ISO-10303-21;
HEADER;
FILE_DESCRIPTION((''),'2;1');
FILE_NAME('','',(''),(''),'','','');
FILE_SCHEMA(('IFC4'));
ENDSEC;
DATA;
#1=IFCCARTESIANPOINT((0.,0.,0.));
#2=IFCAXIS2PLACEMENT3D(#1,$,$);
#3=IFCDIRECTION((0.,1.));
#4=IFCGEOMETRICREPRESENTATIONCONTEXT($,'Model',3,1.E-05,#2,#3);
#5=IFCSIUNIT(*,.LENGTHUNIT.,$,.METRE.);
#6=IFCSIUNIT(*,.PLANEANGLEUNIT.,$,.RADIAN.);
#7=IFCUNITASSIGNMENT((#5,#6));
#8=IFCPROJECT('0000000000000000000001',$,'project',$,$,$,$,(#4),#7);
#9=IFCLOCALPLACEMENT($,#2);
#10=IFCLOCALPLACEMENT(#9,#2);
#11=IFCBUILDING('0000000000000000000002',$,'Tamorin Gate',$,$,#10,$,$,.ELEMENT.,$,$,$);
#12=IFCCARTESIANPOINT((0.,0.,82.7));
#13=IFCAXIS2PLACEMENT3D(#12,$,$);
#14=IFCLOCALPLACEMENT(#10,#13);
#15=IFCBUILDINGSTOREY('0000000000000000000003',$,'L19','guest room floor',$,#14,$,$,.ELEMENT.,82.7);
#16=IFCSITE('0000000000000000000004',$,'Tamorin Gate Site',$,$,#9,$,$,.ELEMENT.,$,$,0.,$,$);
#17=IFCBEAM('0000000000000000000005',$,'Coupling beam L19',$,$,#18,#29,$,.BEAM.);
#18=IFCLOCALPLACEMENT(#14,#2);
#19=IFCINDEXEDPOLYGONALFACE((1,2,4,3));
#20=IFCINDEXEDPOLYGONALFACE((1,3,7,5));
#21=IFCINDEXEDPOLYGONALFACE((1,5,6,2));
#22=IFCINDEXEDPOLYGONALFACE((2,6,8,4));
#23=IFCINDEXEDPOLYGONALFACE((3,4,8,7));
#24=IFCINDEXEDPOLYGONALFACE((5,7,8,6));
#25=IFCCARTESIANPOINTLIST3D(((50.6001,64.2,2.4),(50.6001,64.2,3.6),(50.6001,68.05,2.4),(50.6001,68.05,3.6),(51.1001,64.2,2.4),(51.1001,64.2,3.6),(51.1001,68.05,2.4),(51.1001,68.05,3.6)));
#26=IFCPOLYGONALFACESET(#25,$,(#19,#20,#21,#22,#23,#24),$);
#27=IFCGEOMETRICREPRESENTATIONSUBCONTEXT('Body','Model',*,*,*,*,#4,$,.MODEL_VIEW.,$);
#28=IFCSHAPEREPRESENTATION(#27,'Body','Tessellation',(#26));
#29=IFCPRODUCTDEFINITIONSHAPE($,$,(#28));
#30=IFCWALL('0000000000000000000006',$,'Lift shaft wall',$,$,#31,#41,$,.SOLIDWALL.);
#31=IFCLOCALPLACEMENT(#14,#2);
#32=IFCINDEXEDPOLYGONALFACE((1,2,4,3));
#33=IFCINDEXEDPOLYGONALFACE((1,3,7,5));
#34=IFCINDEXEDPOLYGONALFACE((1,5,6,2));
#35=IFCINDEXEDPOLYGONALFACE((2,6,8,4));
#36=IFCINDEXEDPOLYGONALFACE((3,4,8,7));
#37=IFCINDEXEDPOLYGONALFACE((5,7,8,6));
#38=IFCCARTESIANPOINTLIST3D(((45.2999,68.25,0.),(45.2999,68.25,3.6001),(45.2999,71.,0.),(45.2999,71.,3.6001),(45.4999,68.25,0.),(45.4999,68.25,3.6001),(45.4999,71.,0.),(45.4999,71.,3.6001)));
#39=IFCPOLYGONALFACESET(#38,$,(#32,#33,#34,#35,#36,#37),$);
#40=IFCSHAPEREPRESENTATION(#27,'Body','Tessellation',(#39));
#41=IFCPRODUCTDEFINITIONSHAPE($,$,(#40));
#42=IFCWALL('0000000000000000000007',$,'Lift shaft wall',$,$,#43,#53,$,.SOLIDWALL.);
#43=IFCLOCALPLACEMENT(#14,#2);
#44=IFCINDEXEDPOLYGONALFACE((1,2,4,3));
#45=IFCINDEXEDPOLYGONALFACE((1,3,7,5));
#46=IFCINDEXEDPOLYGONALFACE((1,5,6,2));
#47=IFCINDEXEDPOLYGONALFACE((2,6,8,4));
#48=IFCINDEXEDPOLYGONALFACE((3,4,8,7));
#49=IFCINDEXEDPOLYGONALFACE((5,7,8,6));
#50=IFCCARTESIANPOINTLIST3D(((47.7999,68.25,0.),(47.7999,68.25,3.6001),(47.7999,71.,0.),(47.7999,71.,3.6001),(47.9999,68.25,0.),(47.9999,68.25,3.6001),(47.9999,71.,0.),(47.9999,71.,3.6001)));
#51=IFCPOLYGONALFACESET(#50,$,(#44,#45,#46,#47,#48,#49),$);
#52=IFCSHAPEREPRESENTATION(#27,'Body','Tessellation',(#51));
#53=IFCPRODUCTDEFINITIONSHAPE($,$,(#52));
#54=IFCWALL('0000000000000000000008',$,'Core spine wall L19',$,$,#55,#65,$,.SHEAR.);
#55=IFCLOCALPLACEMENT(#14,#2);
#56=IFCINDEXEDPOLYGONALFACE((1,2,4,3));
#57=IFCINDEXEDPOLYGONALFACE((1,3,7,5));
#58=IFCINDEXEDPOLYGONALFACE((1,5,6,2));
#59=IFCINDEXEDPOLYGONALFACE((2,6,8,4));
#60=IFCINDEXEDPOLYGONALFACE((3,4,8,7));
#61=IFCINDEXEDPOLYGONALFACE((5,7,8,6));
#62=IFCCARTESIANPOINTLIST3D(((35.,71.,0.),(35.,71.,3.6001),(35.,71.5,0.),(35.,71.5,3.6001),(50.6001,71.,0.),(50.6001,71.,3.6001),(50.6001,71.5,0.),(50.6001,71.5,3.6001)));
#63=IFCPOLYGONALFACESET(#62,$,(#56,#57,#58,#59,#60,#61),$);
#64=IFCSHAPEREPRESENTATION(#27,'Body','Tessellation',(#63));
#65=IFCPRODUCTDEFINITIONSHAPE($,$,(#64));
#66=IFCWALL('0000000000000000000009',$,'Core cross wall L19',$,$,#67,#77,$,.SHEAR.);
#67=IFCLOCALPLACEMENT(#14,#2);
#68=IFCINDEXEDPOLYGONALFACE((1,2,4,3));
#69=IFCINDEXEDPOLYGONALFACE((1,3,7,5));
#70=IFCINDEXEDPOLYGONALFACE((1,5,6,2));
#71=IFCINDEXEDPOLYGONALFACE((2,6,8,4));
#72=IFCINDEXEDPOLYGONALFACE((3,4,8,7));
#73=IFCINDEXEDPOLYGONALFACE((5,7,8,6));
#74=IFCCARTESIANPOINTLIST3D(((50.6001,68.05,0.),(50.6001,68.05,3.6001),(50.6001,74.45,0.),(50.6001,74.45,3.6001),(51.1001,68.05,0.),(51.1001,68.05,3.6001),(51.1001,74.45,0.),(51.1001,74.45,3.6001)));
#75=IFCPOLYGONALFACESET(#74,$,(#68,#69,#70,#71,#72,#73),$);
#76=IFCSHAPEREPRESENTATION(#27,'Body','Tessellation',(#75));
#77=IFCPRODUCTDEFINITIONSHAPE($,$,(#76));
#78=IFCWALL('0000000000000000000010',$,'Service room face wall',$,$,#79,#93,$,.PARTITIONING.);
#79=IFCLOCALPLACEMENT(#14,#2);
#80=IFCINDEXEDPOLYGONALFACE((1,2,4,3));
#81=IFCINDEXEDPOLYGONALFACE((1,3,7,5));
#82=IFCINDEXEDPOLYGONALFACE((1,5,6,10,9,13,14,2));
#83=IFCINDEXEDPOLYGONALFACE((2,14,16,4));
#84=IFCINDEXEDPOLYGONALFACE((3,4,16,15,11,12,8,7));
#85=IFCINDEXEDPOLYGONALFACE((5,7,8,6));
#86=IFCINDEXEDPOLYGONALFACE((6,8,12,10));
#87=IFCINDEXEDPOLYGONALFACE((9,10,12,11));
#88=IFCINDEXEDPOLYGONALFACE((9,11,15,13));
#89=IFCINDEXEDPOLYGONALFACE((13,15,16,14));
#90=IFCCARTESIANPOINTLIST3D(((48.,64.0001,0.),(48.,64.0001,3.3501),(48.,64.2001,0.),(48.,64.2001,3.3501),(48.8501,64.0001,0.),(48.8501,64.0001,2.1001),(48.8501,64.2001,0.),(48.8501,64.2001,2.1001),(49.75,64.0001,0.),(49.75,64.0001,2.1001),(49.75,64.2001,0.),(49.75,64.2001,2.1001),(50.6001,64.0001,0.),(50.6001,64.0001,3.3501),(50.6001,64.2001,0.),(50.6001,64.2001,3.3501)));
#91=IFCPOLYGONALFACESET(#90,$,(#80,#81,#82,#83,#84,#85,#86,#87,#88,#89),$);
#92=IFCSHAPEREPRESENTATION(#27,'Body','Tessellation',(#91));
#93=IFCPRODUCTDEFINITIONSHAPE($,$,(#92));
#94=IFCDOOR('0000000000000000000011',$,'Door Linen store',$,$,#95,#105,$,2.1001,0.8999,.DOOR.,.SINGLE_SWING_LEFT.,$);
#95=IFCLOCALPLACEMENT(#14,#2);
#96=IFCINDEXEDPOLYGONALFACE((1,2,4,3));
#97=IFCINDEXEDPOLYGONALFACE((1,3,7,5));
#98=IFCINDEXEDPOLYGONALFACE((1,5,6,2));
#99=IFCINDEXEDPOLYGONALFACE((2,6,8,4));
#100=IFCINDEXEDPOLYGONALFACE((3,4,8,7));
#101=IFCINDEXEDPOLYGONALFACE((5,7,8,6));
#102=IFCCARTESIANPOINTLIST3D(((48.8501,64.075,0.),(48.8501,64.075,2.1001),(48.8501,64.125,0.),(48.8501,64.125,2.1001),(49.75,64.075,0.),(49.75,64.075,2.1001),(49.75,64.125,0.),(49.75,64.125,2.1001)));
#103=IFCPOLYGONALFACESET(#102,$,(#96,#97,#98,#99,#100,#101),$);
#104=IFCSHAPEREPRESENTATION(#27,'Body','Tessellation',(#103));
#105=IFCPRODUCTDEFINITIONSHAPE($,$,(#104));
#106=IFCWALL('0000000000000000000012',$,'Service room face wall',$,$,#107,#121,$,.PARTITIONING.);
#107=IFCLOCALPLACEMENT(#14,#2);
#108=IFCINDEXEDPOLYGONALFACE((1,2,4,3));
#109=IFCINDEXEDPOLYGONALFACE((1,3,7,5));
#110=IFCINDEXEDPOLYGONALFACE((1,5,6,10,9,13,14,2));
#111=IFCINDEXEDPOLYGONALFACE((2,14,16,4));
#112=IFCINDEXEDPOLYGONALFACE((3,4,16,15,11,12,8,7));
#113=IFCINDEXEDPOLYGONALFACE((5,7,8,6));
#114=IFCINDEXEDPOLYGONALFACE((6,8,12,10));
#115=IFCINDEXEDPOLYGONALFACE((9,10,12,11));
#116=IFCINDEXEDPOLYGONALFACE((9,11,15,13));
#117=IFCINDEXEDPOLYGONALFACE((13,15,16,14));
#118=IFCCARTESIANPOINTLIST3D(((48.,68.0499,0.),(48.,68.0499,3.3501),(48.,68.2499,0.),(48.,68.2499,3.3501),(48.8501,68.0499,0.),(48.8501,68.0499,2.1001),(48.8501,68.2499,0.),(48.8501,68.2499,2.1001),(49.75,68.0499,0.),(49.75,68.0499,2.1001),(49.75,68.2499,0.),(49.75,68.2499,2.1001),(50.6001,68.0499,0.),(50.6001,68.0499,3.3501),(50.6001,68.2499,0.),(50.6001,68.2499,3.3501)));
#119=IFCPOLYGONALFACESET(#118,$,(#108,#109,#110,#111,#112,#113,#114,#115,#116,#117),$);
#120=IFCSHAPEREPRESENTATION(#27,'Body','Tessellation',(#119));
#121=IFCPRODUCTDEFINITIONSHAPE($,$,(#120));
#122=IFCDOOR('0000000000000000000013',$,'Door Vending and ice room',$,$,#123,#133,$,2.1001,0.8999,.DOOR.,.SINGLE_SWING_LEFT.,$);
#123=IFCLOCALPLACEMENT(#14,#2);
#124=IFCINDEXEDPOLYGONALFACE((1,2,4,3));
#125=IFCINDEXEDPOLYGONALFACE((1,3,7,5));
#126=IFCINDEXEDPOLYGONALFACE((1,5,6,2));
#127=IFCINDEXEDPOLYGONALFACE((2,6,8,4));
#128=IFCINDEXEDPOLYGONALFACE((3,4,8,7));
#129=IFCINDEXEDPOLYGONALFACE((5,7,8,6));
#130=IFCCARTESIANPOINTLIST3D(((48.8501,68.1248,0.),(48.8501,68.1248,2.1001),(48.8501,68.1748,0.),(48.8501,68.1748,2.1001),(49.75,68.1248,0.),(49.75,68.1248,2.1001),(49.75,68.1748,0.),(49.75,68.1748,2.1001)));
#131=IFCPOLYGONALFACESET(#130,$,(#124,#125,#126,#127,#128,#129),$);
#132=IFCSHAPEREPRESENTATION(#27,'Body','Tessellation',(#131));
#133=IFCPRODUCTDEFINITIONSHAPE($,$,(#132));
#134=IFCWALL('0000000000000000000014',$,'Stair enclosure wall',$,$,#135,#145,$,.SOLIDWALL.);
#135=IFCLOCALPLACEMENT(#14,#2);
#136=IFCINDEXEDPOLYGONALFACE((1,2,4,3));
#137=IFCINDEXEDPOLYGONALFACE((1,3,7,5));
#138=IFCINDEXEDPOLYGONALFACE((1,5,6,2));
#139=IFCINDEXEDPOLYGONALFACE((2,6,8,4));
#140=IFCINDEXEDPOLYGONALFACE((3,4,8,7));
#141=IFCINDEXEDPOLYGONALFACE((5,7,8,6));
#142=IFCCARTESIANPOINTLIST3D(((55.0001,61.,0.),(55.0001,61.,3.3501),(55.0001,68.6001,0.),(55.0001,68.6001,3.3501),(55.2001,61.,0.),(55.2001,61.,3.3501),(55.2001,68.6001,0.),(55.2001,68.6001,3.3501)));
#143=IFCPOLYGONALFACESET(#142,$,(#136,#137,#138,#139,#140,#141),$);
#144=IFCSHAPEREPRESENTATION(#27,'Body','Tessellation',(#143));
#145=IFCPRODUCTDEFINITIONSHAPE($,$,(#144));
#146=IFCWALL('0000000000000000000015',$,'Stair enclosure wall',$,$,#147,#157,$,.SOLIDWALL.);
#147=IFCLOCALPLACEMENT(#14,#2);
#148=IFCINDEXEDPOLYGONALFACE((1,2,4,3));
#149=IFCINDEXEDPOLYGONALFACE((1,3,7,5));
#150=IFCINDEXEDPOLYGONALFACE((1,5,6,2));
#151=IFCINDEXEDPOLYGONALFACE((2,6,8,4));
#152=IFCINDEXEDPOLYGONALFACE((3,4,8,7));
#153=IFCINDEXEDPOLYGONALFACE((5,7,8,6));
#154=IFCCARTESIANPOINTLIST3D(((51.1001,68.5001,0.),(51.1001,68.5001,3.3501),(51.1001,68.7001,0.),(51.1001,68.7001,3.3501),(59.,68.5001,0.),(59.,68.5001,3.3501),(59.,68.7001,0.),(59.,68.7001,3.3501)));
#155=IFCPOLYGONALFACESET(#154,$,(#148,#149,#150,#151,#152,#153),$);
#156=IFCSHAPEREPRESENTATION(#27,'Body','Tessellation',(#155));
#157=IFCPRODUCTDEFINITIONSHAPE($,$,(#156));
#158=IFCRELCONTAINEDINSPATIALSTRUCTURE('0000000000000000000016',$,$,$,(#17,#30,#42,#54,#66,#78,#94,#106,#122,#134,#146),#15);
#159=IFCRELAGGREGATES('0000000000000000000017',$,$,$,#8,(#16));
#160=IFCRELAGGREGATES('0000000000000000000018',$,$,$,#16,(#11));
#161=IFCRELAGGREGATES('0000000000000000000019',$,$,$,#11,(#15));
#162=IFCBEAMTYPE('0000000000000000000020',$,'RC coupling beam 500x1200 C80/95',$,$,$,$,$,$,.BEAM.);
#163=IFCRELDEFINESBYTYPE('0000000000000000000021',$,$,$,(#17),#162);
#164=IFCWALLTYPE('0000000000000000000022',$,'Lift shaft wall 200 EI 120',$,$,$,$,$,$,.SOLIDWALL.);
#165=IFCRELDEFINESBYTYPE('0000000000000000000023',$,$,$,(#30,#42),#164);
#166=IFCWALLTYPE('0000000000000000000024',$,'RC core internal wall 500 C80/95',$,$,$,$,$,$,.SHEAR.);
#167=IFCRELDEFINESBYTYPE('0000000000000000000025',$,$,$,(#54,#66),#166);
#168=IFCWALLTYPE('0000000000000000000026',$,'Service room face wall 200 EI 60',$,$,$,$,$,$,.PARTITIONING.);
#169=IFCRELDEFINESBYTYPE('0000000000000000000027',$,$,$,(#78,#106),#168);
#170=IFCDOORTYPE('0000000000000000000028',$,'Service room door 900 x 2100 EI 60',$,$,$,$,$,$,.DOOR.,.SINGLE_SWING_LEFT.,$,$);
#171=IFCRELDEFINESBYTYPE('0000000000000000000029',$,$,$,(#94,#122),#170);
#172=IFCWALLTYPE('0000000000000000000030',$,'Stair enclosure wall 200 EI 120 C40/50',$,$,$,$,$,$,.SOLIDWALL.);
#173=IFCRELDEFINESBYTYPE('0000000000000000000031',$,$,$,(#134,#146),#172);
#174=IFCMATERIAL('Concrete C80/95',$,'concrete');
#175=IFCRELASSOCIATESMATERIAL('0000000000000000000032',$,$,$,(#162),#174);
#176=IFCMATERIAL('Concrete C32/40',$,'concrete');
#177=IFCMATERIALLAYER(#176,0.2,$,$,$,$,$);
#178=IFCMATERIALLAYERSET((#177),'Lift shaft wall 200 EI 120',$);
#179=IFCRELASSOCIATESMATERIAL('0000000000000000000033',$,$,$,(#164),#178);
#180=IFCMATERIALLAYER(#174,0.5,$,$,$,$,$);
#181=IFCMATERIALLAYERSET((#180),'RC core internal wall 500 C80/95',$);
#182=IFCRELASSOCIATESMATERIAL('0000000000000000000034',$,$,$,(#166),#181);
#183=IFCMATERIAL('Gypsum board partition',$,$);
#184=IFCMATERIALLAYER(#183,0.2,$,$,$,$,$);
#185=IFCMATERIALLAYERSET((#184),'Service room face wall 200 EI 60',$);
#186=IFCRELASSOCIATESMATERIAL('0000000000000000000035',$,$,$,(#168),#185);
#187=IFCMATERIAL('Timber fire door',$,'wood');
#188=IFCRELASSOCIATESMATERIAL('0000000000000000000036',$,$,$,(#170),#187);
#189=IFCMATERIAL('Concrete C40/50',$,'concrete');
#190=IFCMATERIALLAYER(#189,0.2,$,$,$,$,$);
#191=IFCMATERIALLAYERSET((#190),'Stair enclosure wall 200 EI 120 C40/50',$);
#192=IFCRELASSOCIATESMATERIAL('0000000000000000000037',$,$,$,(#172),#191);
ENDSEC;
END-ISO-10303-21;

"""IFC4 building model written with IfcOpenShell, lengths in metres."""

from ifc_helpers import new_model, si_unit, direction, frame, frame_2d, origin, origin_2d, place, context, subcontext, project, spatial, rectangle, extrude, material, layer, layer_set, material_profile, profile_set, type_object, element, fill, save


model = new_model("IFC4")

# Units and contexts
model_context = context("Model", 3, precision=1e-05, world=origin(), true_north=direction((0.0, 1.0)))
body_context = subcontext(model_context, "Body", "Model", "MODEL_VIEW")
ifc_project = project(units=[si_unit("LENGTHUNIT", "METRE"), si_unit("PLANEANGLEUNIT", "RADIAN")], contexts=[model_context])

# Site, building, storey
site_placement = place(None, origin())
site = spatial("IfcSite", under=ifc_project, at=site_placement, Name="Tamorin Gate Site", CompositionType="ELEMENT", RefElevation=0.0)
building_placement = place(site_placement, origin())
building = spatial("IfcBuilding", under=site, at=building_placement, Name="Tamorin Gate", CompositionType="ELEMENT")
storey_placement = place(building_placement, frame((0.0, 0.0, 82.7)))
storey = spatial("IfcBuildingStorey", under=building, at=storey_placement, Name="L19", Description="guest room floor", CompositionType="ELEMENT", Elevation=82.7)

# Beam
ifc_material_1 = material(Name="Concrete C80/95", Category="concrete")
ifc_material_profile = material_profile(ifc_material_1, rectangle(XDim=0.5, YDim=1.2, at=origin_2d()), Name="RC 500x1200")
ifc_profile_set = profile_set([ifc_material_profile], Name="Concrete C80/95")
beam_type = type_object("IfcBeamType", Name="RC coupling beam 500x1200 C80/95", PredefinedType="BEAM", material=ifc_profile_set)
beam_placement = place(storey_placement, frame((50.8501, 64.2, 3.0), z_axis=(0.0, 1.0, 0.0), x_axis=(-1.0, 0.0, 0.0)))
element("IfcBeam", 1, at=beam_placement, inside=storey, type_object=beam_type, Name="Coupling beam L19", PredefinedType="BEAM", context=body_context, shape_type="SweptSolid", body=[
    extrude(rectangle(XDim=0.5, YDim=1.2, at=origin_2d()), origin(), (0.0, 0.0, 1.0), 3.8501),
])

# Walls
ifc_material_2 = material(Name="Concrete C32/40", Category="concrete")
ifc_layer_1 = layer(ifc_material_2, 0.2)
ifc_layer_set_1 = layer_set([ifc_layer_1], Name="Lift shaft wall 200 EI 120")
wall_type_1 = type_object("IfcWallType", Name="Lift shaft wall 200 EI 120", PredefinedType="SOLIDWALL", material=ifc_layer_set_1)
for number, where, z_axis, x_axis, name in (
    (2, (45.3999, 68.25, 0.0), (0.0, 0.0, 1.0), (0.0, 1.0, 0.0), "Lift shaft wall"),
    (3, (47.8999, 68.25, 0.0), (0.0, 0.0, 1.0), (0.0, 1.0, 0.0), "Lift shaft wall"),
):
    element("IfcWall", number, at=place(storey_placement, frame(where, z_axis=z_axis, x_axis=x_axis)), inside=storey, type_object=wall_type_1, Name=name, PredefinedType="SOLIDWALL", context=body_context, shape_type="SweptSolid", body=[
        extrude(rectangle(XDim=2.75, YDim=0.2, at=frame_2d((1.375, 0.0))), origin(), (0.0, 0.0, 1.0), 3.6001),
    ])
ifc_layer_2 = layer(ifc_material_1, 0.5)
ifc_layer_set_2 = layer_set([ifc_layer_2], Name="RC core internal wall 500 C80/95")
wall_type_2 = type_object("IfcWallType", Name="RC core internal wall 500 C80/95", PredefinedType="SHEAR", material=ifc_layer_set_2)
wall_1_placement = place(storey_placement, frame((35.0, 71.25, 0.0), z_axis=(0.0, 0.0, 1.0), x_axis=(1.0, 0.0, 0.0)))
element("IfcWall", 4, at=wall_1_placement, inside=storey, type_object=wall_type_2, Name="Core spine wall L19", PredefinedType="SHEAR", context=body_context, shape_type="SweptSolid", body=[
    extrude(rectangle(XDim=15.6001, YDim=0.5, at=frame_2d((7.8, 0.0))), origin(), (0.0, 0.0, 1.0), 3.6001),
])
wall_2_placement = place(storey_placement, frame((50.8501, 68.05, 0.0), z_axis=(0.0, 0.0, 1.0), x_axis=(0.0, 1.0, 0.0)))
element("IfcWall", 5, at=wall_2_placement, inside=storey, type_object=wall_type_2, Name="Core cross wall L19", PredefinedType="SHEAR", context=body_context, shape_type="SweptSolid", body=[
    extrude(rectangle(XDim=6.3999, YDim=0.5, at=frame_2d((3.2, 0.0))), origin(), (0.0, 0.0, 1.0), 3.6001),
])

# Walls, openings, doors
ifc_material_3 = material(Name="Gypsum board partition")
ifc_layer_3 = layer(ifc_material_3, 0.2)
ifc_layer_set_3 = layer_set([ifc_layer_3], Name="Service room face wall 200 EI 60")
wall_type_3 = type_object("IfcWallType", Name="Service room face wall 200 EI 60", PredefinedType="PARTITIONING", material=ifc_layer_set_3)
wall_3_placement = place(storey_placement, frame((48.0, 64.1001, 0.0), z_axis=(0.0, 0.0, 1.0), x_axis=(1.0, 0.0, 0.0)))
wall_3 = element("IfcWall", 6, at=wall_3_placement, inside=storey, type_object=wall_type_3, Name="Service room face wall", PredefinedType="PARTITIONING", context=body_context, shape_type="SweptSolid", body=[
    extrude(rectangle(XDim=2.6001, YDim=0.2, at=frame_2d((1.3, 0.0))), origin(), (0.0, 0.0, 1.0), 3.3501),
])
opening_1_placement = place(wall_3_placement, frame((0.8501, 0.0, 0.0)))
opening_1 = element("IfcOpeningElement", 7, at=opening_1_placement, cuts=wall_3, PredefinedType="OPENING", context=body_context, shape_type="SweptSolid", body=[
    extrude(rectangle(XDim=0.8999, YDim=2.1001, at=frame_2d((0.45, 1.05))), frame((0.0, 0.1099, 0.0), z_axis=(0.0, -1.0, 0.0), x_axis=(1.0, 0.0, 0.0)), (0.0, 0.0, 1.0), 0.22),
])
ifc_material_4 = material(Name="Timber fire door", Category="wood")
door_type = type_object("IfcDoorType", Name="Service room door 900 x 2100 EI 60", OperationType="SINGLE_SWING_LEFT", PredefinedType="DOOR", material=ifc_material_4)
door_1_placement = place(opening_1_placement, origin())
door_1 = element("IfcDoor", 8, at=door_1_placement, inside=storey, type_object=door_type, Name="Door Linen store", OperationType="SINGLE_SWING_LEFT", OverallHeight=2.1001, OverallWidth=0.8999, PredefinedType="DOOR", context=body_context, shape_type="SweptSolid", body=[
    extrude(rectangle(XDim=0.8999, YDim=2.1001, at=frame_2d((0.45, 1.05))), frame((0.0, 0.0249, 0.0), z_axis=(0.0, -1.0, 0.0), x_axis=(1.0, 0.0, 0.0)), (0.0, 0.0, 1.0), 0.05),
])
fill(opening_1, door_1)
wall_4_placement = place(storey_placement, frame((48.0, 68.1499, 0.0), z_axis=(0.0, 0.0, 1.0), x_axis=(1.0, 0.0, 0.0)))
wall_4 = element("IfcWall", 9, at=wall_4_placement, inside=storey, type_object=wall_type_3, Name="Service room face wall", PredefinedType="PARTITIONING", context=body_context, shape_type="SweptSolid", body=[
    extrude(rectangle(XDim=2.6001, YDim=0.2, at=frame_2d((1.3, 0.0))), origin(), (0.0, 0.0, 1.0), 3.3501),
])
opening_2_placement = place(wall_4_placement, frame((0.8501, 0.0, 0.0)))
opening_2 = element("IfcOpeningElement", 10, at=opening_2_placement, cuts=wall_4, PredefinedType="OPENING", context=body_context, shape_type="SweptSolid", body=[
    extrude(rectangle(XDim=0.8999, YDim=2.1001, at=frame_2d((0.45, 1.05))), frame((0.0, 0.1099, 0.0), z_axis=(0.0, -1.0, 0.0), x_axis=(1.0, 0.0, 0.0)), (0.0, 0.0, 1.0), 0.22),
])
door_2_placement = place(opening_2_placement, origin())
door_2 = element("IfcDoor", 11, at=door_2_placement, inside=storey, type_object=door_type, Name="Door Vending and ice room", OperationType="SINGLE_SWING_LEFT", OverallHeight=2.1001, OverallWidth=0.8999, PredefinedType="DOOR", context=body_context, shape_type="SweptSolid", body=[
    extrude(rectangle(XDim=0.8999, YDim=2.1001, at=frame_2d((0.45, 1.05))), frame((0.0, 0.0249, 0.0), z_axis=(0.0, -1.0, 0.0), x_axis=(1.0, 0.0, 0.0)), (0.0, 0.0, 1.0), 0.05),
])
fill(opening_2, door_2)

# Walls
ifc_material_5 = material(Name="Concrete C40/50", Category="concrete")
ifc_layer_4 = layer(ifc_material_5, 0.2)
ifc_layer_set_4 = layer_set([ifc_layer_4], Name="Stair enclosure wall 200 EI 120 C40/50")
wall_type_4 = type_object("IfcWallType", Name="Stair enclosure wall 200 EI 120 C40/50", PredefinedType="SOLIDWALL", material=ifc_layer_set_4)
wall_5_placement = place(storey_placement, frame((55.1001, 61.0, 0.0), z_axis=(0.0, 0.0, 1.0), x_axis=(0.0, 1.0, 0.0)))
element("IfcWall", 12, at=wall_5_placement, inside=storey, type_object=wall_type_4, Name="Stair enclosure wall", PredefinedType="SOLIDWALL", context=body_context, shape_type="SweptSolid", body=[
    extrude(rectangle(XDim=7.6001, YDim=0.2, at=frame_2d((3.8, 0.0))), origin(), (0.0, 0.0, 1.0), 3.3501),
])
wall_6_placement = place(storey_placement, frame((51.1001, 68.6001, 0.0), z_axis=(0.0, 0.0, 1.0), x_axis=(1.0, 0.0, 0.0)))
element("IfcWall", 13, at=wall_6_placement, inside=storey, type_object=wall_type_4, Name="Stair enclosure wall", PredefinedType="SOLIDWALL", context=body_context, shape_type="SweptSolid", body=[
    extrude(rectangle(XDim=7.8999, YDim=0.2, at=frame_2d((3.95, 0.0))), origin(), (0.0, 0.0, 1.0), 3.3501),
])

save(model, "model.ifc")
